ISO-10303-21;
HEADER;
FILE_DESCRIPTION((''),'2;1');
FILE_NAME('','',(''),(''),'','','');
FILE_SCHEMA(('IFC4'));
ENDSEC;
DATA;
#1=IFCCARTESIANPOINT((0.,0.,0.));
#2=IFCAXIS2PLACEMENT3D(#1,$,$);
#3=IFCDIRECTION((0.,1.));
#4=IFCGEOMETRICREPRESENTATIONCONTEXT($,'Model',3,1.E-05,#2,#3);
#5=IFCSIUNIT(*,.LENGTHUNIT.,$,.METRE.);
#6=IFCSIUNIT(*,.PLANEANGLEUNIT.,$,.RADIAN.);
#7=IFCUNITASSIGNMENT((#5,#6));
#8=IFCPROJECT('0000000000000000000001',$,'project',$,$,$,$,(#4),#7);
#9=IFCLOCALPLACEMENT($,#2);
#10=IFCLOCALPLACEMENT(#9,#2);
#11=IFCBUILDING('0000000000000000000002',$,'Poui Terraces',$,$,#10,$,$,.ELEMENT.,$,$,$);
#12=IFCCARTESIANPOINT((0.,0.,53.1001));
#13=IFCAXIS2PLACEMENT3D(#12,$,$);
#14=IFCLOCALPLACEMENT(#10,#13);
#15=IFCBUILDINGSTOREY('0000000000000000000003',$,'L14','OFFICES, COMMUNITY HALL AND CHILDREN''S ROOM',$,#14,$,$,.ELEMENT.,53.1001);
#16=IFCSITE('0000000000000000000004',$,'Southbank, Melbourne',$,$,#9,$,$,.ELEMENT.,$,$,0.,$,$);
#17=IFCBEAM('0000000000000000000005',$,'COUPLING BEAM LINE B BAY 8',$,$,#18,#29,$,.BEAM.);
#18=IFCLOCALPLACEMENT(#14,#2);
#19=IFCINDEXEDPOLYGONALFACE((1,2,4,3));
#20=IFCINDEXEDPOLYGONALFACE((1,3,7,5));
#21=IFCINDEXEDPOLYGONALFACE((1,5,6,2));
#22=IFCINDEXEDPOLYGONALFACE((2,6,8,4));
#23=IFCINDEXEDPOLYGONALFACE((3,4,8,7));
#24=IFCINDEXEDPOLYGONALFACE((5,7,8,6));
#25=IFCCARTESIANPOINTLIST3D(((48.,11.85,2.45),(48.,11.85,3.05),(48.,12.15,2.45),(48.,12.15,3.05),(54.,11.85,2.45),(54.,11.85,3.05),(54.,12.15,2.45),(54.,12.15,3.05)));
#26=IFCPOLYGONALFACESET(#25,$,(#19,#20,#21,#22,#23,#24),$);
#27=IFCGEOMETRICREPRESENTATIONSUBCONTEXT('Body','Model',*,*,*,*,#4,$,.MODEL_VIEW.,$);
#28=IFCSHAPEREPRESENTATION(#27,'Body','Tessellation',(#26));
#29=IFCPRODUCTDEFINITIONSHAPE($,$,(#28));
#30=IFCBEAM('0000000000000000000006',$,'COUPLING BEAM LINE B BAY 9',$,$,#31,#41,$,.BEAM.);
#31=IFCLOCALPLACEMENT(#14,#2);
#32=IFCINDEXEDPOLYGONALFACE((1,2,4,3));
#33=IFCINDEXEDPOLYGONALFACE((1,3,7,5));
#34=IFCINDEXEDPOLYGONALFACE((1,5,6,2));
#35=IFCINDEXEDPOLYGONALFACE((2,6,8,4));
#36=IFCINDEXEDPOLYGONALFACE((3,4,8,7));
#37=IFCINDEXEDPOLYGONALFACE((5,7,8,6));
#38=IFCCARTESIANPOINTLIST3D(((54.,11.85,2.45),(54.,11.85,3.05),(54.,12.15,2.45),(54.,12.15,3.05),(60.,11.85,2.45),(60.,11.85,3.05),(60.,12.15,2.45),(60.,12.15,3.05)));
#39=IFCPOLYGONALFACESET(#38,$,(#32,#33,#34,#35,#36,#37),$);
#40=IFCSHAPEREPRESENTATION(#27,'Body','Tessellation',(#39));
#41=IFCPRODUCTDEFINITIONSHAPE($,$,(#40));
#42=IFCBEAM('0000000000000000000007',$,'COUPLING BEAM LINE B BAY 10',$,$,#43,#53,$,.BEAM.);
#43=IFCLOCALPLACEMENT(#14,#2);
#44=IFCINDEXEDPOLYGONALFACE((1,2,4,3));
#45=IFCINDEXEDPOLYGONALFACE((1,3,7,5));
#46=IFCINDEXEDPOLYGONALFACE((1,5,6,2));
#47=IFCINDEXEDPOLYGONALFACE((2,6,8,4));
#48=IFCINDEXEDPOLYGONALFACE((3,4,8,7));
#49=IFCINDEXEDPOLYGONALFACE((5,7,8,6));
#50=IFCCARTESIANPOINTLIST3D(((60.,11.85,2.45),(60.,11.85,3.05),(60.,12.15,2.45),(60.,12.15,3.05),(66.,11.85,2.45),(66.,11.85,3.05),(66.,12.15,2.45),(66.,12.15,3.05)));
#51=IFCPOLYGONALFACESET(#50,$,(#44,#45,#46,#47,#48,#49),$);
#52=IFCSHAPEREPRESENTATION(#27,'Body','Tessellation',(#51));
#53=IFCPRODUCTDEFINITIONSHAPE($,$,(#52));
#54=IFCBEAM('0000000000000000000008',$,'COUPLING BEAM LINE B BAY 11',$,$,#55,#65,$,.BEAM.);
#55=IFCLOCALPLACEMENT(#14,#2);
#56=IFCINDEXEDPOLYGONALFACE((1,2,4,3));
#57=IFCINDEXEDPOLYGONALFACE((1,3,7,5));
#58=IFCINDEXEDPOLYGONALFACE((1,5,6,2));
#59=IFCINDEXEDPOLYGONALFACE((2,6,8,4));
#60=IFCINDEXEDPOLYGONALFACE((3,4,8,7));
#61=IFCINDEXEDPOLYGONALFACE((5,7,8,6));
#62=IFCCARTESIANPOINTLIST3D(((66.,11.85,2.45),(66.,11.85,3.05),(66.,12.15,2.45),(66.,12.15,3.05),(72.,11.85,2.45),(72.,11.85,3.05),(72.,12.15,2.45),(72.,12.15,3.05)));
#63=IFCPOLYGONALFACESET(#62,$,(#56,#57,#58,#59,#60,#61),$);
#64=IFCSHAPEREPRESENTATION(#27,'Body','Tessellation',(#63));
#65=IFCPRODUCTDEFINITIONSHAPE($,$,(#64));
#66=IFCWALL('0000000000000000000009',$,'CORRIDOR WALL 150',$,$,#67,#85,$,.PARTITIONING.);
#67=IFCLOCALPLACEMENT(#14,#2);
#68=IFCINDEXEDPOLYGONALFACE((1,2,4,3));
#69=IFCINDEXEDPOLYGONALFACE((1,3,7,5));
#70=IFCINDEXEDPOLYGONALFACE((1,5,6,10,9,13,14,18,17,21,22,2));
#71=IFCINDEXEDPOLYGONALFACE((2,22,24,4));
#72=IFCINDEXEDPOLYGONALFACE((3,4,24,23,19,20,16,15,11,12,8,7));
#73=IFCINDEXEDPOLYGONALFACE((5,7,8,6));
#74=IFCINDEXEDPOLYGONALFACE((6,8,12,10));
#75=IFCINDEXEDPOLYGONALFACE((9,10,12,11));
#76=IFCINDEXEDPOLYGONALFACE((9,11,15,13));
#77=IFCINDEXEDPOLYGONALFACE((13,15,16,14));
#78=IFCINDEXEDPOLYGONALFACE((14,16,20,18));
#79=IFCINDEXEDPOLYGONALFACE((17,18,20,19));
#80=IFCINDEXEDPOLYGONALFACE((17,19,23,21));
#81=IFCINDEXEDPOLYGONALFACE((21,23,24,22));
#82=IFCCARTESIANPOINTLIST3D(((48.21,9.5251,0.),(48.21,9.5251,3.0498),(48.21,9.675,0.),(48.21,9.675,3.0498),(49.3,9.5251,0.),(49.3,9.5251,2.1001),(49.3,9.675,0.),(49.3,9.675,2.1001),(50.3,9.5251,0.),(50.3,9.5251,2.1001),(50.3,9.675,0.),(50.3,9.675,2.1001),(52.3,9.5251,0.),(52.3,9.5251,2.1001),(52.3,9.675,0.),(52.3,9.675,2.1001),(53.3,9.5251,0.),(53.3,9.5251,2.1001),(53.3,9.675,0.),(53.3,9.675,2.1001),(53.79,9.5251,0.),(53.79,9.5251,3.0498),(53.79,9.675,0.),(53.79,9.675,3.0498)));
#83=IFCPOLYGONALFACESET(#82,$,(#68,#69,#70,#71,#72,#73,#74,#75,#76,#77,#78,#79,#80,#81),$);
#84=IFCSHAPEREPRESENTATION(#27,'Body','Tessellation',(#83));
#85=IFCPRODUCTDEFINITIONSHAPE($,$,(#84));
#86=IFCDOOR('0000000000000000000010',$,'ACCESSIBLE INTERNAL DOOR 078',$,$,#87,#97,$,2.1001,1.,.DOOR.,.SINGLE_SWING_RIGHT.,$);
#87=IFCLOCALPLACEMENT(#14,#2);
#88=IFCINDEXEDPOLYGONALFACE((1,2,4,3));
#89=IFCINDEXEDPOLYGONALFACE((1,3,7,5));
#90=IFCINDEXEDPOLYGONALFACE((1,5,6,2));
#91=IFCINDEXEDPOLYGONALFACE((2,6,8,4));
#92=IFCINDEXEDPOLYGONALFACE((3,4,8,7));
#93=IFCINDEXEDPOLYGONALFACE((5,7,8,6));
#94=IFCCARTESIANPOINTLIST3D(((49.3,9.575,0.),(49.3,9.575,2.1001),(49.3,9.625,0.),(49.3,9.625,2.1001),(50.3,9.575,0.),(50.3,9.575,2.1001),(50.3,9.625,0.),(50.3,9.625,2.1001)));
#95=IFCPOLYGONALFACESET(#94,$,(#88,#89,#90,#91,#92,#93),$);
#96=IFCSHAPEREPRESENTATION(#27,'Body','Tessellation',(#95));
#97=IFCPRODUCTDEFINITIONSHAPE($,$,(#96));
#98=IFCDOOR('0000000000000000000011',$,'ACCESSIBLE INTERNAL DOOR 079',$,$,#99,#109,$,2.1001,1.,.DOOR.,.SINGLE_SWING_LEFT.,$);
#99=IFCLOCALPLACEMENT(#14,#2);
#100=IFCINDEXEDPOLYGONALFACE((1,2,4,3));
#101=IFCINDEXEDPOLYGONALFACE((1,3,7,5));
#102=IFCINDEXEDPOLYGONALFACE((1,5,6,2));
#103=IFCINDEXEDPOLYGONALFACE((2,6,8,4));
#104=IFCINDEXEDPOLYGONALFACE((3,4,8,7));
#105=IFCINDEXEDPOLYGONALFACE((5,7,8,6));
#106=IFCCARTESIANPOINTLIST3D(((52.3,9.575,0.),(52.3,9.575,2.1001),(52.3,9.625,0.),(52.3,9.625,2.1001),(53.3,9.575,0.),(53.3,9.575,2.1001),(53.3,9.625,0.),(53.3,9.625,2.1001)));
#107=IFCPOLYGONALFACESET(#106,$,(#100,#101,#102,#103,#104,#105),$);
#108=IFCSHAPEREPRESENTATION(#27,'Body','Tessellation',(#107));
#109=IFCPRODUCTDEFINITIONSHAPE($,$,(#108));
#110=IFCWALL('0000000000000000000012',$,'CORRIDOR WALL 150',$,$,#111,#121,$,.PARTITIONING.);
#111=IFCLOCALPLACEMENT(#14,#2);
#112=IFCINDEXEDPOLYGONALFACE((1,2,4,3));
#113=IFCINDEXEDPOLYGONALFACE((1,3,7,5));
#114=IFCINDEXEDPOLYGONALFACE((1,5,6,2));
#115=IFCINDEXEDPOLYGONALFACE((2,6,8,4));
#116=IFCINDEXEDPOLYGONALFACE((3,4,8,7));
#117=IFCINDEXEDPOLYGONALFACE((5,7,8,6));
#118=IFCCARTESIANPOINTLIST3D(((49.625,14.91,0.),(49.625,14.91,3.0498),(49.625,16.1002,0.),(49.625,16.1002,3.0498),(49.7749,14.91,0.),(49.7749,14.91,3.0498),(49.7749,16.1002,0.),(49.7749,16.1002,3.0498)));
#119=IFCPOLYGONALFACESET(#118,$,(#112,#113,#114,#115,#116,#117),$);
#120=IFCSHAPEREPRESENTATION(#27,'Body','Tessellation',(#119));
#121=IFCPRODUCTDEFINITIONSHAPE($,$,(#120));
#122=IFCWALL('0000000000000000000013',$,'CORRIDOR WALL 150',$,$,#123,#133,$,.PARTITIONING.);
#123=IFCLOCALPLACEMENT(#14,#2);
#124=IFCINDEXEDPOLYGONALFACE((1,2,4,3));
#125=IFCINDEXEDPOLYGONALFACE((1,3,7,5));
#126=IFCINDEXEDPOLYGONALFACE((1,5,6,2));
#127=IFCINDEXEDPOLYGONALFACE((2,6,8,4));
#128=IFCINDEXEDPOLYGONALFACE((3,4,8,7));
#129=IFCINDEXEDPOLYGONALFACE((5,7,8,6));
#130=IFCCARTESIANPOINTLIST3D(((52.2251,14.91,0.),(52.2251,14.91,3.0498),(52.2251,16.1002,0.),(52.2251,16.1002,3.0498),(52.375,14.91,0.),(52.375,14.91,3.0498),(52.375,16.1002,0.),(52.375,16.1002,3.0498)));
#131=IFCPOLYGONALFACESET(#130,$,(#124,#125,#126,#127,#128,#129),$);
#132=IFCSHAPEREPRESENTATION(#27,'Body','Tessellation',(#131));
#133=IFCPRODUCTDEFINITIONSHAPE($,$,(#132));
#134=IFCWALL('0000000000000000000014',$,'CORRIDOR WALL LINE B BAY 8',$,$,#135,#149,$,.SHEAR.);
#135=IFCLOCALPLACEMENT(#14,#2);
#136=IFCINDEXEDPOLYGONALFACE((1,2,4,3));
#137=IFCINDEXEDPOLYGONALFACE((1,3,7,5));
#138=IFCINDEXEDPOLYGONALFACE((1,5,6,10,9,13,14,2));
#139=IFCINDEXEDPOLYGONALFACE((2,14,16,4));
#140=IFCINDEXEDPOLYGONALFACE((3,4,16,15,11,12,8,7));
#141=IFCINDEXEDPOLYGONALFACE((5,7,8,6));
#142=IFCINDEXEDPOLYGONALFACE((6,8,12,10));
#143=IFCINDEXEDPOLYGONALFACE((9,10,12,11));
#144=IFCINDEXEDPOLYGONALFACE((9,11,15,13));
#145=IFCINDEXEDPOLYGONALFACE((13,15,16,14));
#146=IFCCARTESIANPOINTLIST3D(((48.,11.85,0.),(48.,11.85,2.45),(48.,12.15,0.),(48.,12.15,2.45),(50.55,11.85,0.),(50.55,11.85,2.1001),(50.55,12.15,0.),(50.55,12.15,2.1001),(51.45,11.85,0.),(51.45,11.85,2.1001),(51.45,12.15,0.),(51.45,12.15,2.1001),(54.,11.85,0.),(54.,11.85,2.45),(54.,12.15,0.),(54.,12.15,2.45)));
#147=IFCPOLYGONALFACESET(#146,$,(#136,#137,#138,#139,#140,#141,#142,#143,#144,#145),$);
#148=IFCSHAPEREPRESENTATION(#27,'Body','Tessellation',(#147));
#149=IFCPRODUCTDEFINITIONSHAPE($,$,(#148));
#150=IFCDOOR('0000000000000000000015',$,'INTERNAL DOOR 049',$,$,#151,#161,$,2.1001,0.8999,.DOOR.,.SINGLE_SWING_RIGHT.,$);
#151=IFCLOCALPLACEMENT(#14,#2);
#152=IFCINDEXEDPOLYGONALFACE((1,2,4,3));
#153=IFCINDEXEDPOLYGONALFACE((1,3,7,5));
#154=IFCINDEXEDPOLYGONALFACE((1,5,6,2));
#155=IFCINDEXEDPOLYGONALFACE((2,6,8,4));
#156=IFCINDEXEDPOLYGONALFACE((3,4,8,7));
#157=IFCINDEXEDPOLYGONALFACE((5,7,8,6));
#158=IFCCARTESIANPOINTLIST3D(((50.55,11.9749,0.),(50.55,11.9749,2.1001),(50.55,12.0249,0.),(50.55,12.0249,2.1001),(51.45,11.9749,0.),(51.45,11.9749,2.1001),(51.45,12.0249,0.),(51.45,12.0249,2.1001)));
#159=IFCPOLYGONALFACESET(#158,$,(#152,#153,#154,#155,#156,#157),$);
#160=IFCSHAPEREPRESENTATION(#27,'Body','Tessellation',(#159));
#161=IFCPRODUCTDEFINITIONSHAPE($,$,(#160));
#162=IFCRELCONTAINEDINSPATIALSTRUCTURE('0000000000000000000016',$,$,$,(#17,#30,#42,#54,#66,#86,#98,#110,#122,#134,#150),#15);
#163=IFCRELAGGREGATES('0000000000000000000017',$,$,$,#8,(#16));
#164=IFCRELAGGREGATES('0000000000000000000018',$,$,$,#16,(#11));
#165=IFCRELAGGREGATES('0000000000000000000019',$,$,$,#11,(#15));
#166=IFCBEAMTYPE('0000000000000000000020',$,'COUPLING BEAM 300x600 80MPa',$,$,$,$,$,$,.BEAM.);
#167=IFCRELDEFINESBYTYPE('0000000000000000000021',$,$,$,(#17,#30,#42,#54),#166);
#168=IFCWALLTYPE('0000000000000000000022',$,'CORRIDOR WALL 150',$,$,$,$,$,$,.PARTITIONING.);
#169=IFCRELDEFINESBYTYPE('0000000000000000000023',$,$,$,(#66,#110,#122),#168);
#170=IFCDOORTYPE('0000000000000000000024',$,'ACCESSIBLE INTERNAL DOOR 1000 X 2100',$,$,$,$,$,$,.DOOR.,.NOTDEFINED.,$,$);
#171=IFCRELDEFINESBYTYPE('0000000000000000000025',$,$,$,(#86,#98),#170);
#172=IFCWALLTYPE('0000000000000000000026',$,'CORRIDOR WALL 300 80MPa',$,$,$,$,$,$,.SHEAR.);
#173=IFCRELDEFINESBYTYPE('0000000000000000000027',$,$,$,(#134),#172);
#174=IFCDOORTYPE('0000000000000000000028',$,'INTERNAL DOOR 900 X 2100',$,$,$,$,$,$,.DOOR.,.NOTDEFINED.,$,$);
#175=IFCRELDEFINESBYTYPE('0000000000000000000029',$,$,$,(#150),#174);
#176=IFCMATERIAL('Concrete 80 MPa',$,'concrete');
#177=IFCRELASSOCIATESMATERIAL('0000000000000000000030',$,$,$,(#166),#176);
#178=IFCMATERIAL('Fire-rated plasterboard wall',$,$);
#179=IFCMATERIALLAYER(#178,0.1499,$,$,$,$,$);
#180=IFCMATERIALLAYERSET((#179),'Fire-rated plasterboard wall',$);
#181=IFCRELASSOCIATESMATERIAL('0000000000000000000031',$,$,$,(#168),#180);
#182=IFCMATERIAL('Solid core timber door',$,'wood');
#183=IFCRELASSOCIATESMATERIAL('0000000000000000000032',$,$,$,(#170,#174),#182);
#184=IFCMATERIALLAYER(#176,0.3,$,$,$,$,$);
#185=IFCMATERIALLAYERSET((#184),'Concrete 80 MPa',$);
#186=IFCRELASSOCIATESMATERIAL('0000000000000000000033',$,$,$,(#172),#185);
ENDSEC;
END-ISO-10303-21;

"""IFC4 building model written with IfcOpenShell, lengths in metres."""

from ifc_helpers import new_model, si_unit, direction, frame, frame_2d, origin, origin_2d, place, context, subcontext, project, spatial, rectangle, extrude, source, transform, mapped, material, layer, layer_set, material_profile, profile_set, type_object, element, fill, save


model = new_model("IFC4")

# Units and contexts
model_context = context("Model", 3, precision=1e-05, world=origin(), true_north=direction((0.0, 1.0)))
body_context = subcontext(model_context, "Body", "Model", "MODEL_VIEW")
ifc_project = project(units=[si_unit("LENGTHUNIT", "METRE"), si_unit("PLANEANGLEUNIT", "RADIAN")], contexts=[model_context])

# Site, building, storey
site_placement = place(None, origin())
site = spatial("IfcSite", under=ifc_project, at=site_placement, Name="Southbank, Melbourne", CompositionType="ELEMENT", RefElevation=0.0)
building_placement = place(site_placement, origin())
building = spatial("IfcBuilding", under=site, at=building_placement, Name="Poui Terraces", CompositionType="ELEMENT")
storey_placement = place(building_placement, frame((0.0, 0.0, 53.1001)))
storey = spatial("IfcBuildingStorey", under=building, at=storey_placement, Name="L14", Description="OFFICES, COMMUNITY HALL AND CHILDREN'S ROOM", CompositionType="ELEMENT", Elevation=53.1001)

# Beams
ifc_material_1 = material(Name="Concrete 80 MPa", Category="concrete")
ifc_material_profile = material_profile(ifc_material_1, rectangle(XDim=0.3, YDim=0.6001, at=origin_2d()), Name="RC 300x600")
ifc_profile_set = profile_set([ifc_material_profile], Name="Concrete 80 MPa")
beam_type = type_object("IfcBeamType", Name="COUPLING BEAM 300x600 80MPa", PredefinedType="BEAM", material=ifc_profile_set)
shared_shape = source(origin(), body_context, "Body", "SweptSolid", [
    extrude(rectangle(XDim=0.3, YDim=0.6001, at=origin_2d()), origin(), (0.0, 0.0, 1.0), 6.0),
])
for number, where, z_axis, x_axis, name in (
    (1, (48.0, 12.0, 2.75), (1.0, 0.0, 0.0), (0.0, 1.0, 0.0), "COUPLING BEAM LINE B BAY 8"),
    (2, (54.0, 12.0, 2.75), (1.0, 0.0, 0.0), (0.0, 1.0, 0.0), "COUPLING BEAM LINE B BAY 9"),
    (3, (60.0, 12.0, 2.75), (1.0, 0.0, 0.0), (0.0, 1.0, 0.0), "COUPLING BEAM LINE B BAY 10"),
    (4, (66.0, 12.0, 2.75), (1.0, 0.0, 0.0), (0.0, 1.0, 0.0), "COUPLING BEAM LINE B BAY 11"),
):
    element("IfcBeam", number, at=place(storey_placement, frame(where, z_axis=z_axis, x_axis=x_axis)), inside=storey, type_object=beam_type, Name=name, PredefinedType="BEAM", context=body_context, shape_type="MappedRepresentation", body=[
        mapped(shared_shape, transform((0.0, 0.0, 0.0))),
    ])

# Wall, openings, doors
ifc_material_2 = material(Name="Fire-rated plasterboard wall")
ifc_layer_1 = layer(ifc_material_2, 0.1499)
ifc_layer_set_1 = layer_set([ifc_layer_1], Name="Fire-rated plasterboard wall")
wall_type_1 = type_object("IfcWallType", Name="CORRIDOR WALL 150", PredefinedType="PARTITIONING", material=ifc_layer_set_1)
wall_1_placement = place(storey_placement, frame((48.21, 9.6001, 0.0), z_axis=(0.0, 0.0, 1.0), x_axis=(1.0, 0.0, 0.0)))
wall_1 = element("IfcWall", 5, at=wall_1_placement, inside=storey, type_object=wall_type_1, Name="CORRIDOR WALL 150", PredefinedType="PARTITIONING", context=body_context, shape_type="SweptSolid", body=[
    extrude(rectangle(XDim=5.5801, YDim=0.1499, at=frame_2d((2.79, 0.0))), origin(), (0.0, 0.0, 1.0), 3.0498),
])
opening_1_placement = place(wall_1_placement, frame((1.0901, 0.0, 0.0)))
opening_1 = element("IfcOpeningElement", 6, at=opening_1_placement, cuts=wall_1, PredefinedType="OPENING", context=body_context, shape_type="SweptSolid", body=[
    extrude(rectangle(XDim=1.0, YDim=2.1001, at=frame_2d((0.5, 1.05))), frame((0.0, 0.085, 0.0), z_axis=(0.0, -1.0, 0.0), x_axis=(1.0, 0.0, 0.0)), (0.0, 0.0, 1.0), 0.1699),
])
opening_2_placement = place(wall_1_placement, frame((4.0901, 0.0, 0.0)))
opening_2 = element("IfcOpeningElement", 7, at=opening_2_placement, cuts=wall_1, PredefinedType="OPENING", context=body_context, shape_type="SweptSolid", body=[
    extrude(rectangle(XDim=1.0, YDim=2.1001, at=frame_2d((0.5, 1.05))), frame((0.0, 0.085, 0.0), z_axis=(0.0, -1.0, 0.0), x_axis=(1.0, 0.0, 0.0)), (0.0, 0.0, 1.0), 0.1699),
])
ifc_material_3 = material(Name="Solid core timber door", Category="wood")
door_type_1 = type_object("IfcDoorType", Name="ACCESSIBLE INTERNAL DOOR 1000 X 2100", OperationType="NOTDEFINED", PredefinedType="DOOR", material=ifc_material_3)
door_1_placement = place(opening_1_placement, origin())
door_1 = element("IfcDoor", 8, at=door_1_placement, inside=storey, type_object=door_type_1, Name="ACCESSIBLE INTERNAL DOOR 078", OperationType="SINGLE_SWING_RIGHT", OverallHeight=2.1001, OverallWidth=1.0, PredefinedType="DOOR", context=body_context, shape_type="SweptSolid", body=[
    extrude(rectangle(XDim=1.0, YDim=2.1001, at=frame_2d((0.5, 1.05))), frame((0.0, 0.0249, 0.0), z_axis=(0.0, -1.0, 0.0), x_axis=(1.0, 0.0, 0.0)), (0.0, 0.0, 1.0), 0.05),
])
fill(opening_1, door_1)
door_2_placement = place(opening_2_placement, origin())
door_2 = element("IfcDoor", 9, at=door_2_placement, inside=storey, type_object=door_type_1, Name="ACCESSIBLE INTERNAL DOOR 079", OperationType="SINGLE_SWING_LEFT", OverallHeight=2.1001, OverallWidth=1.0, PredefinedType="DOOR", context=body_context, shape_type="SweptSolid", body=[
    extrude(rectangle(XDim=1.0, YDim=2.1001, at=frame_2d((0.5, 1.05))), frame((0.0, 0.0249, 0.0), z_axis=(0.0, -1.0, 0.0), x_axis=(1.0, 0.0, 0.0)), (0.0, 0.0, 1.0), 0.05),
])
fill(opening_2, door_2)

# Walls
for number, where, z_axis, x_axis, name in (
    (10, (49.7, 14.9099, 0.0), (0.0, 0.0, 1.0), (0.0, 1.0, 0.0), "CORRIDOR WALL 150"),
    (11, (52.3, 14.9099, 0.0), (0.0, 0.0, 1.0), (0.0, 1.0, 0.0), "CORRIDOR WALL 150"),
):
    element("IfcWall", number, at=place(storey_placement, frame(where, z_axis=z_axis, x_axis=x_axis)), inside=storey, type_object=wall_type_1, Name=name, PredefinedType="PARTITIONING", context=body_context, shape_type="SweptSolid", body=[
        extrude(rectangle(XDim=1.1902, YDim=0.1499, at=frame_2d((0.5952, 0.0))), origin(), (0.0, 0.0, 1.0), 3.0498),
    ])

# Wall, opening, door
ifc_layer_2 = layer(ifc_material_1, 0.3)
ifc_layer_set_2 = layer_set([ifc_layer_2], Name="Concrete 80 MPa")
wall_type_2 = type_object("IfcWallType", Name="CORRIDOR WALL 300 80MPa", PredefinedType="SHEAR", material=ifc_layer_set_2)
wall_2_placement = place(storey_placement, frame((48.0, 12.0, 0.0), z_axis=(0.0, 0.0, 1.0), x_axis=(1.0, 0.0, 0.0)))
wall_2 = element("IfcWall", 12, at=wall_2_placement, inside=storey, type_object=wall_type_2, Name="CORRIDOR WALL LINE B BAY 8", PredefinedType="SHEAR", context=body_context, shape_type="SweptSolid", body=[
    extrude(rectangle(XDim=6.0, YDim=0.3, at=frame_2d((3.0, 0.0))), origin(), (0.0, 0.0, 1.0), 2.45),
])
opening_3_placement = place(wall_2_placement, frame((2.55, 0.0, 0.0)))
opening_3 = element("IfcOpeningElement", 13, at=opening_3_placement, cuts=wall_2, PredefinedType="OPENING", context=body_context, shape_type="SweptSolid", body=[
    extrude(rectangle(XDim=0.8999, YDim=2.1001, at=frame_2d((0.45, 1.05))), frame((0.0, 0.1602, 0.0), z_axis=(0.0, -1.0, 0.0), x_axis=(1.0, 0.0, 0.0)), (0.0, 0.0, 1.0), 0.3201),
])
door_type_2 = type_object("IfcDoorType", Name="INTERNAL DOOR 900 X 2100", OperationType="NOTDEFINED", PredefinedType="DOOR", material=ifc_material_3)
door_3_placement = place(opening_3_placement, origin())
door_3 = element("IfcDoor", 14, at=door_3_placement, inside=storey, type_object=door_type_2, Name="INTERNAL DOOR 049", OperationType="SINGLE_SWING_RIGHT", OverallHeight=2.1001, OverallWidth=0.8999, PredefinedType="DOOR", context=body_context, shape_type="SweptSolid", body=[
    extrude(rectangle(XDim=0.8999, YDim=2.1001, at=frame_2d((0.45, 1.05))), frame((0.0, 0.0249, 0.0), z_axis=(0.0, -1.0, 0.0), x_axis=(1.0, 0.0, 0.0)), (0.0, 0.0, 1.0), 0.05),
])
fill(opening_3, door_3)

save(model, "model.ifc")
